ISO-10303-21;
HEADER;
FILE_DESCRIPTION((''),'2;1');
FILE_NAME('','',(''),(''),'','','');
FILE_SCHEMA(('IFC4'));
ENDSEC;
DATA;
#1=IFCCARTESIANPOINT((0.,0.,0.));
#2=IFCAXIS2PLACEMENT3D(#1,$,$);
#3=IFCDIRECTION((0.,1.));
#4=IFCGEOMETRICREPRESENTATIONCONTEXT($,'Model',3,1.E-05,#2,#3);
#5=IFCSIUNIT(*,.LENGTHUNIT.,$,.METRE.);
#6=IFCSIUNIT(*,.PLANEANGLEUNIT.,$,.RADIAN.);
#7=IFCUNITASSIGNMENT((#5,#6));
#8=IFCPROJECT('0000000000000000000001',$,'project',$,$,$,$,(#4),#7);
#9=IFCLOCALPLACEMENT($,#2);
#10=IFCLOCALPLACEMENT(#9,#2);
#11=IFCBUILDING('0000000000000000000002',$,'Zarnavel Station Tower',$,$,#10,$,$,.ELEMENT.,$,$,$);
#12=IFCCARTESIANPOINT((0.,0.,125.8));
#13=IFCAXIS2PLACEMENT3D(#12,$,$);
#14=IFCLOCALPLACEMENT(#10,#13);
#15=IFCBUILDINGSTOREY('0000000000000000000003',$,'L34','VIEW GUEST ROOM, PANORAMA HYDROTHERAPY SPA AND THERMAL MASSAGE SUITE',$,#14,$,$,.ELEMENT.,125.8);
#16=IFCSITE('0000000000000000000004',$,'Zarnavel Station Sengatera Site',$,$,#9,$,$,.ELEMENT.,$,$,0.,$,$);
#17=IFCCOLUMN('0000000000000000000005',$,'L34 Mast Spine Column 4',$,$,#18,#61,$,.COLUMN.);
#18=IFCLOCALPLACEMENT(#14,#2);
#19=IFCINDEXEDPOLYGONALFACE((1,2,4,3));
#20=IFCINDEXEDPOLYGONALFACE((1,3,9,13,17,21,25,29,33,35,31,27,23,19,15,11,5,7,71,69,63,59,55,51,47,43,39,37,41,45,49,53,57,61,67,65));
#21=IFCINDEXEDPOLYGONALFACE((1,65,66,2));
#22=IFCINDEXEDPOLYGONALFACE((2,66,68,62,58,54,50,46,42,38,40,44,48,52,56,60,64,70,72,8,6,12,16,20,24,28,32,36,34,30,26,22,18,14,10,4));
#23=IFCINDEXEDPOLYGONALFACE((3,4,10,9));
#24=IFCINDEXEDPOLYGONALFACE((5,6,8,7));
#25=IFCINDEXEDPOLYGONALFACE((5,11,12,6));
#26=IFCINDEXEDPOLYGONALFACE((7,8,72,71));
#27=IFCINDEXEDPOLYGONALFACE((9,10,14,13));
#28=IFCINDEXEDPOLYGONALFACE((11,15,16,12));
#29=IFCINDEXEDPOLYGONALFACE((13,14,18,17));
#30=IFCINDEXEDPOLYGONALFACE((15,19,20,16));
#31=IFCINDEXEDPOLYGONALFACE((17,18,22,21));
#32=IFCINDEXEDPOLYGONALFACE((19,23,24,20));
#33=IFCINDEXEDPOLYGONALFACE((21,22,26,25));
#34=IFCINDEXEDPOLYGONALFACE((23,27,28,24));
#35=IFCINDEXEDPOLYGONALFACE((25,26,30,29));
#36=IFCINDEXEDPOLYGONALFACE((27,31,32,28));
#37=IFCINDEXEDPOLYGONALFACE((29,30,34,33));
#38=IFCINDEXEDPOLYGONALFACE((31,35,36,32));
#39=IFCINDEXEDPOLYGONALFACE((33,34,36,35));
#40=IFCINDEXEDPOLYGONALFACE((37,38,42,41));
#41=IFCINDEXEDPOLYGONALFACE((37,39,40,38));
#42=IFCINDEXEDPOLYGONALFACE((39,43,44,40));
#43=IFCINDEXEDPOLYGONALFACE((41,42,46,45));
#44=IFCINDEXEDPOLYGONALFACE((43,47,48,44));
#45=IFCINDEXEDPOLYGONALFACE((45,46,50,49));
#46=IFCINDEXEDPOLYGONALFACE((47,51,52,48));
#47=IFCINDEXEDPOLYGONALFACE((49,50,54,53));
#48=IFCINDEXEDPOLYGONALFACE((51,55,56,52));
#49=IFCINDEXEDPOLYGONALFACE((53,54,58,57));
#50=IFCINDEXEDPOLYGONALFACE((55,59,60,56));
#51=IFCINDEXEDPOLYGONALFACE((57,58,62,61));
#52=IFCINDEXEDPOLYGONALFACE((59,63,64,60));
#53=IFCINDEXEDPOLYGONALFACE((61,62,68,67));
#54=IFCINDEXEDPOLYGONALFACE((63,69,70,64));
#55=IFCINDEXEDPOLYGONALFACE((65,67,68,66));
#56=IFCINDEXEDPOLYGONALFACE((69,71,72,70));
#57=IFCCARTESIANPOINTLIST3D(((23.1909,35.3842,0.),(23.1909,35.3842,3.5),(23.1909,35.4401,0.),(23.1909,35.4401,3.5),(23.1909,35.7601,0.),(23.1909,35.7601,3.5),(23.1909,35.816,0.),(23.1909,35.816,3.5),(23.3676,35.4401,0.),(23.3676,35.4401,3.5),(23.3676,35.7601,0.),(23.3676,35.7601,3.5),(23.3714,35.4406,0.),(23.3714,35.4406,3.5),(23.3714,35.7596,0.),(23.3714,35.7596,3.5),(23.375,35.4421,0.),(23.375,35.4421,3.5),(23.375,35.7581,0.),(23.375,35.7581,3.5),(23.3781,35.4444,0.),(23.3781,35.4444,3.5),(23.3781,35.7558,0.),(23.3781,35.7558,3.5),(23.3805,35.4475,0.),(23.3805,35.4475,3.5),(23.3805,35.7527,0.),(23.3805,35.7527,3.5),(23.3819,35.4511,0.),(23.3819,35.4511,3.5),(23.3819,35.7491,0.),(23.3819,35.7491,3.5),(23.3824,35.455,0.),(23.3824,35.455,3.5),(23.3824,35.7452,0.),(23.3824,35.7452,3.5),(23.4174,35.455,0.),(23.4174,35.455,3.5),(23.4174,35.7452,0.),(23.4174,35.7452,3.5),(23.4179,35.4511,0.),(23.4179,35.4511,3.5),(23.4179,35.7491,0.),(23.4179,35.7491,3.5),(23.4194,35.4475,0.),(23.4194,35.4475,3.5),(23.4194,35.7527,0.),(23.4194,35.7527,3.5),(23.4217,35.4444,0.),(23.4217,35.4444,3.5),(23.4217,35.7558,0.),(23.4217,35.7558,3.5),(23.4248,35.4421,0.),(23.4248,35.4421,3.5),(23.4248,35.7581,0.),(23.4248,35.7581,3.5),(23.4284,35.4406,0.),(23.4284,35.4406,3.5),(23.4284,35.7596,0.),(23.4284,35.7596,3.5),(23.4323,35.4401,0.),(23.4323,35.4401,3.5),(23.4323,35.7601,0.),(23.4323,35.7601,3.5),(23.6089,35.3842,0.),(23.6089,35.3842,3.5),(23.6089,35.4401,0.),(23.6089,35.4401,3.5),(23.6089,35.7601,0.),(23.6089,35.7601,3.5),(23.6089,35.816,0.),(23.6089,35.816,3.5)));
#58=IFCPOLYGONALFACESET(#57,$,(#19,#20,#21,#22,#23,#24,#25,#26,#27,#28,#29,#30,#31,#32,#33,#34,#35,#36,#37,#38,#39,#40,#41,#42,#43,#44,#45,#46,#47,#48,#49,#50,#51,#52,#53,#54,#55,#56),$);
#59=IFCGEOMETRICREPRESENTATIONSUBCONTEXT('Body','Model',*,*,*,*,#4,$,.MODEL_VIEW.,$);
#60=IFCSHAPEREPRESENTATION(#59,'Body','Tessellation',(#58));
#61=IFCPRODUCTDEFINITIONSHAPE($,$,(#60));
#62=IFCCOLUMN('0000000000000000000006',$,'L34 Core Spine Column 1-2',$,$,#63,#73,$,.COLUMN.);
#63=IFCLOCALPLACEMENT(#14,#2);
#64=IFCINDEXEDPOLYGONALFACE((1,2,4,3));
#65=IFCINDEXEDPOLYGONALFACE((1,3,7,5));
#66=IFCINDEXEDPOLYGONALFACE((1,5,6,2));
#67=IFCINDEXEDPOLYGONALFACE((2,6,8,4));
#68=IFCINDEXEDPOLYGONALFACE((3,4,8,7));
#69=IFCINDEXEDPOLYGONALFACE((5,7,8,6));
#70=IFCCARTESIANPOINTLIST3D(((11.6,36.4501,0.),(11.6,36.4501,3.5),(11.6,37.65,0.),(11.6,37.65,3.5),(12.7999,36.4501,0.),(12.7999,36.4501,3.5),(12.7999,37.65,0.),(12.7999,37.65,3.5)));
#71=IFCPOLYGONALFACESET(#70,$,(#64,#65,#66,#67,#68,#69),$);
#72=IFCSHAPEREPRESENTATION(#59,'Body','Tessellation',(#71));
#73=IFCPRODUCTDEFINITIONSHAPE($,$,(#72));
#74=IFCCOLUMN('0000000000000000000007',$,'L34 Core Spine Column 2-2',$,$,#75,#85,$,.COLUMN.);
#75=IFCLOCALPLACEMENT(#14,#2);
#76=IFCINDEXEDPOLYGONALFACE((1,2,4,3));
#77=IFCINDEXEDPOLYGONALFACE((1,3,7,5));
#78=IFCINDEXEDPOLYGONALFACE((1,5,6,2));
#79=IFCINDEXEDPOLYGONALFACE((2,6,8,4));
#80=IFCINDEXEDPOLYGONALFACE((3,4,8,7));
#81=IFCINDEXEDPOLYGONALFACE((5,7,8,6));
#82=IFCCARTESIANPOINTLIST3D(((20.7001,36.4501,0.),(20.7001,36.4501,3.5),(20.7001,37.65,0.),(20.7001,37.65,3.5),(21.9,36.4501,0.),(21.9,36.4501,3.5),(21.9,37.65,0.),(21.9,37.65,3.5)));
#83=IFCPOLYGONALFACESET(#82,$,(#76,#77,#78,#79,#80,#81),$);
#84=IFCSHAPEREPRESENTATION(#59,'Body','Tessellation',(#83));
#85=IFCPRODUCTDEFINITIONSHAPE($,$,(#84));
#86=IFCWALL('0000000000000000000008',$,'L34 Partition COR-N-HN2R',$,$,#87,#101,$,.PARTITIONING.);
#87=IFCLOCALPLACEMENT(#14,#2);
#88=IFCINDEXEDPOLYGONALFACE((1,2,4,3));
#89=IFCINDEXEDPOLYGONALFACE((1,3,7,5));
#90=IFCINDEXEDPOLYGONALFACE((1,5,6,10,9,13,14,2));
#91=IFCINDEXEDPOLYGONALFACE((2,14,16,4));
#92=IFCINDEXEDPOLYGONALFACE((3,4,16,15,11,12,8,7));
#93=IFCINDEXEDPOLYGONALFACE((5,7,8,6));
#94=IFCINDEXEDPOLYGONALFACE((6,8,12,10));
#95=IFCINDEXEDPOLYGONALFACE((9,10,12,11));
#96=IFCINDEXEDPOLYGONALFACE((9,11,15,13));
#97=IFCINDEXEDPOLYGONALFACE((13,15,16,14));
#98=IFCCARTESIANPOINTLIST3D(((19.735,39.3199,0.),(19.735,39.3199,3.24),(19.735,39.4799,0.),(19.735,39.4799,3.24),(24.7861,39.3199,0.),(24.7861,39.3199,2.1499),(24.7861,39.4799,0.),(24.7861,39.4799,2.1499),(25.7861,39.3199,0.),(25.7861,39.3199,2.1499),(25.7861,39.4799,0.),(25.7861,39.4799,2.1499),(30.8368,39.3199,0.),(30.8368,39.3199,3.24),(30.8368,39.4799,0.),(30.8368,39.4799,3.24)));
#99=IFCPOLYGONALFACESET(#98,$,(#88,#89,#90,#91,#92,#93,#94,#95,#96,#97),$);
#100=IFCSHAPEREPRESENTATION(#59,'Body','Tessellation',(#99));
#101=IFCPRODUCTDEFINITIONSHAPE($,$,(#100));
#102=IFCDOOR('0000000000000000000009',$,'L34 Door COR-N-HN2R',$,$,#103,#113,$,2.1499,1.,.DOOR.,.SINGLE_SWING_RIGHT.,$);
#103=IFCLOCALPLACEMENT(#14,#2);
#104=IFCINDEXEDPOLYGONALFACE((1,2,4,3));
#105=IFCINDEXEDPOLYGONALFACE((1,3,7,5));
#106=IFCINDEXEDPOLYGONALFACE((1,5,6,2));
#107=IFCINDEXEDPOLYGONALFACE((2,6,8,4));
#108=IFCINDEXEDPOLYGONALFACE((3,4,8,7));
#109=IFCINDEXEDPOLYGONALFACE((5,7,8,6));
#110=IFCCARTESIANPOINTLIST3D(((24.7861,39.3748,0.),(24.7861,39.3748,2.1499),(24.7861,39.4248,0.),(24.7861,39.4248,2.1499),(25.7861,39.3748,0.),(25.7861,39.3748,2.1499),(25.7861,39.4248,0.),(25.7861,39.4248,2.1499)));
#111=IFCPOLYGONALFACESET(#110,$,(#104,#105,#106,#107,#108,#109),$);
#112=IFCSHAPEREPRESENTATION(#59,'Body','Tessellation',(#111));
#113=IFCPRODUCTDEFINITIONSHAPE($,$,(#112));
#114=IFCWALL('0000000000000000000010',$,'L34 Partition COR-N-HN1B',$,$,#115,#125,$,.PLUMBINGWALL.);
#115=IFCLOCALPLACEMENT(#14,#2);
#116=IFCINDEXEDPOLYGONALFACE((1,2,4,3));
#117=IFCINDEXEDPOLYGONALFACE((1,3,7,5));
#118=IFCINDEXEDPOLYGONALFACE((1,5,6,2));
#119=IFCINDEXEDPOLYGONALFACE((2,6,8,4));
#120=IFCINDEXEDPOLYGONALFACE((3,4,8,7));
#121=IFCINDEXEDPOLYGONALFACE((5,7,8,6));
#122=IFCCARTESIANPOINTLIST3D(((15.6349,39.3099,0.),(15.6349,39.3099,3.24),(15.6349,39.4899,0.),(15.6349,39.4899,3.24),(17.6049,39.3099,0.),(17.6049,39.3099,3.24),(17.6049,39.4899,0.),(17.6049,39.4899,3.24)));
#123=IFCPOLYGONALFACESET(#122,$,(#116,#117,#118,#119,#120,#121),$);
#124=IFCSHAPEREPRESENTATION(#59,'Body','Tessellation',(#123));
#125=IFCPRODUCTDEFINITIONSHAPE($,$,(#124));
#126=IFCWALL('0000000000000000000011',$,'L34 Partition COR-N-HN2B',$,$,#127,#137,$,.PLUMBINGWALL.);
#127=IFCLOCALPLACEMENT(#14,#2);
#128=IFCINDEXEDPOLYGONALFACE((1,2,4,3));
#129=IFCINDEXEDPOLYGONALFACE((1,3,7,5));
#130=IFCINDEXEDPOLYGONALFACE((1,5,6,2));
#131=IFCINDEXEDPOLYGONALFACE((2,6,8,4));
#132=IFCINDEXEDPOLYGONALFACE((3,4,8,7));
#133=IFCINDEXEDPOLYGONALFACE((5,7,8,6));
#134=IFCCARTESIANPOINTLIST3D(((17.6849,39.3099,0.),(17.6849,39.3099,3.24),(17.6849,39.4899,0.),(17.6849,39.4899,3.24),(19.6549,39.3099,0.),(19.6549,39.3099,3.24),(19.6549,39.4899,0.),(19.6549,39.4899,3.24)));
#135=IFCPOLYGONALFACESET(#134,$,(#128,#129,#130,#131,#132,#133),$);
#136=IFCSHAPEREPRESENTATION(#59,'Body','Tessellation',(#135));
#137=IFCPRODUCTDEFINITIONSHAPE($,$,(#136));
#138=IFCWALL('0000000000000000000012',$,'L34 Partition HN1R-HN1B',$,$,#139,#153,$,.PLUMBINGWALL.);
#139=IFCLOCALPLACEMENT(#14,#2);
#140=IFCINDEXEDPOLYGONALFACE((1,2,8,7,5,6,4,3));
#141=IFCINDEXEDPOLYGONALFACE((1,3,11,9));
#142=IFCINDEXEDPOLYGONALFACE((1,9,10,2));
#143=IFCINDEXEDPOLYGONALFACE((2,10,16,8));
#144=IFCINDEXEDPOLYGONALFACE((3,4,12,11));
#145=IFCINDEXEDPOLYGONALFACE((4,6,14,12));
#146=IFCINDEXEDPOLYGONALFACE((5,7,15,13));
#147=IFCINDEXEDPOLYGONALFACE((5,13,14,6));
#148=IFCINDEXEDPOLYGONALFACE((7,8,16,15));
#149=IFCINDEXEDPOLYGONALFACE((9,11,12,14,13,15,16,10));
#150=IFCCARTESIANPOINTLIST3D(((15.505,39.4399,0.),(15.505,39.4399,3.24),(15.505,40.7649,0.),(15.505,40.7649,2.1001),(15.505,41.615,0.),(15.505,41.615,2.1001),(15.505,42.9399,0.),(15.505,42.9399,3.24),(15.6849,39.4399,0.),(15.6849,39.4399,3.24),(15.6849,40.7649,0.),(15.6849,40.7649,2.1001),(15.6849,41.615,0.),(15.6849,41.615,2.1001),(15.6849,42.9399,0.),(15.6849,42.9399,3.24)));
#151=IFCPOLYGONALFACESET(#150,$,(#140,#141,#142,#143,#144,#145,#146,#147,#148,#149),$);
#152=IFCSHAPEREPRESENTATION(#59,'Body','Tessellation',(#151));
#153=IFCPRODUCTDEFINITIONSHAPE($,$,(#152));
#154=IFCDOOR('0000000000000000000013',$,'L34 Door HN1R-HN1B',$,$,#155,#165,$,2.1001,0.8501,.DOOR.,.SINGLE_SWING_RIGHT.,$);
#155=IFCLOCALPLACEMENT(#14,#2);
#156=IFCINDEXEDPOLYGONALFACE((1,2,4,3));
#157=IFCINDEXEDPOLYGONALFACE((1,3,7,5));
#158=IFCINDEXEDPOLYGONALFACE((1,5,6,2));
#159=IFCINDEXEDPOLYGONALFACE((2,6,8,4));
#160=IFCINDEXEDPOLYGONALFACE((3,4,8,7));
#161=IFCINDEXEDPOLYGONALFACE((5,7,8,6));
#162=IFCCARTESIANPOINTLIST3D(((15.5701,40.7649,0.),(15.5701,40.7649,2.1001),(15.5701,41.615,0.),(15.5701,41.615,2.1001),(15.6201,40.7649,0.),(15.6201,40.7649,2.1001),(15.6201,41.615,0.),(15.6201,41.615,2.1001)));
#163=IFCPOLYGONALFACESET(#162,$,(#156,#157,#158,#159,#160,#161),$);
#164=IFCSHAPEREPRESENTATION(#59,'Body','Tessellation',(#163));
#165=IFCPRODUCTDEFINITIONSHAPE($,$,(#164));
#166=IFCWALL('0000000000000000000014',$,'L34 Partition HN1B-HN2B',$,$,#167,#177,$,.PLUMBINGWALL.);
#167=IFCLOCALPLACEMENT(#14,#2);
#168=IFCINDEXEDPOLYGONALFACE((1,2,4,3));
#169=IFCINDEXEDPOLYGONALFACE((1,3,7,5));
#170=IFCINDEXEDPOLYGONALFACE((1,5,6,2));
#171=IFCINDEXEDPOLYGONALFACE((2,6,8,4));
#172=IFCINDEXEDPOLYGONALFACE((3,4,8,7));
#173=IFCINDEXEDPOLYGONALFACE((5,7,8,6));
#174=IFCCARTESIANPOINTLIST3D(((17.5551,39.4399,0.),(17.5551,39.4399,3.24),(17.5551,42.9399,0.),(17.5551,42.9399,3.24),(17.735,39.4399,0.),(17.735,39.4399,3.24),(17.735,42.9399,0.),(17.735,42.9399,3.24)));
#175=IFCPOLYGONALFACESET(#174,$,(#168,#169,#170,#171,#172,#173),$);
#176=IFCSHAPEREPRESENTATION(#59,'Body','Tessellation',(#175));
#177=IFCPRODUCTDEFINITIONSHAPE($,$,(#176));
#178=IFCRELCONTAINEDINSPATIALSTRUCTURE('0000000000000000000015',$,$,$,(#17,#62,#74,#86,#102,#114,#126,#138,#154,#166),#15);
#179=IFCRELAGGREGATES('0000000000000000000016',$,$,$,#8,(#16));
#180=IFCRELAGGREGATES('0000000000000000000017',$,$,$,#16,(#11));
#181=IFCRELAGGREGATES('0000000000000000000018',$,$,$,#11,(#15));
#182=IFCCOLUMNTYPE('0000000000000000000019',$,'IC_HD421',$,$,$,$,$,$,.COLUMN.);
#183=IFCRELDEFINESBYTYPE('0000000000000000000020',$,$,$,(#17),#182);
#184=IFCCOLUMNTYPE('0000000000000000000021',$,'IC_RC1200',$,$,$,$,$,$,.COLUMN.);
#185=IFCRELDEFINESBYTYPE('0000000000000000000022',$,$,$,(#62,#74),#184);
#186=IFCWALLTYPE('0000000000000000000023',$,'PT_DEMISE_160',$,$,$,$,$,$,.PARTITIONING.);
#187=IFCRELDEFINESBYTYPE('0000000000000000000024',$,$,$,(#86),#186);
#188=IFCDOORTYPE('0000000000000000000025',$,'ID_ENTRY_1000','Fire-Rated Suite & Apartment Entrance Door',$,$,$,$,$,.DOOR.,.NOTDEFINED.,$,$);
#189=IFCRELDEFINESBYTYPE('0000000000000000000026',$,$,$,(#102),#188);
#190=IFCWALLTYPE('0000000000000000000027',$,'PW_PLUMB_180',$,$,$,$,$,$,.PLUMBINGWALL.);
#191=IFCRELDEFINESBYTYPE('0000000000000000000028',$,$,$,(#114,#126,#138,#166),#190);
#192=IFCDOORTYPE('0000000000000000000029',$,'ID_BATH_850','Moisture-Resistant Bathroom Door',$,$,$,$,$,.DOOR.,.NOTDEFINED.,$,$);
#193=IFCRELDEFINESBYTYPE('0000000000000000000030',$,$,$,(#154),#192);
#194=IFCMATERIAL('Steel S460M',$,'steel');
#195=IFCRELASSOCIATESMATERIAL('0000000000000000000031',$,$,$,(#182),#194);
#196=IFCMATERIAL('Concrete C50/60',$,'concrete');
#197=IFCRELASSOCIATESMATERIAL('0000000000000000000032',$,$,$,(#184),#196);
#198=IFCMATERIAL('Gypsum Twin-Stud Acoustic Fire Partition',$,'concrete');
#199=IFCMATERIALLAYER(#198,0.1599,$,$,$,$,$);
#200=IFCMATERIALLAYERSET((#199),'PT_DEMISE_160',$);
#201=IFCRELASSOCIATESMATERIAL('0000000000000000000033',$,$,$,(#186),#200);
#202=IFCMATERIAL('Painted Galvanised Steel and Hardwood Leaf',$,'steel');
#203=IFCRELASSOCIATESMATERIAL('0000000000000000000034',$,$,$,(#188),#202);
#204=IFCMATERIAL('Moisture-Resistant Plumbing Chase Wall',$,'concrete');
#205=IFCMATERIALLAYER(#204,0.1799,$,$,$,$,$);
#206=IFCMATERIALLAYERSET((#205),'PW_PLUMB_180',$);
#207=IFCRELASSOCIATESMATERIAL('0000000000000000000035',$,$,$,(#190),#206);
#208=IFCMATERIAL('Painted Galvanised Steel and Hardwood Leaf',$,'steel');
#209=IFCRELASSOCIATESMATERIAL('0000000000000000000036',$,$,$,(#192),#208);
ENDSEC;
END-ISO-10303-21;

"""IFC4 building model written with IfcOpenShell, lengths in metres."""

from ifc_helpers import new_model, si_unit, direction, frame, frame_2d, origin, origin_2d, place, context, subcontext, project, spatial, rectangle, i_section, extrude, material, layer, layer_set, material_profile, profile_set, type_object, element, fill, save


model = new_model("IFC4")

# Units and contexts
model_context = context("Model", 3, precision=1e-05, world=origin(), true_north=direction((0.0, 1.0)))
body_context = subcontext(model_context, "Body", "Model", "MODEL_VIEW")
ifc_project = project(units=[si_unit("LENGTHUNIT", "METRE"), si_unit("PLANEANGLEUNIT", "RADIAN")], contexts=[model_context])

# Site, building, storey
site_placement = place(None, origin())
site = spatial("IfcSite", under=ifc_project, at=site_placement, Name="Zarnavel Station Sengatera Site", CompositionType="ELEMENT", RefElevation=0.0)
building_placement = place(site_placement, origin())
building = spatial("IfcBuilding", under=site, at=building_placement, Name="Zarnavel Station Tower", CompositionType="ELEMENT")
storey_placement = place(building_placement, frame((0.0, 0.0, 125.8)))
storey = spatial("IfcBuildingStorey", under=building, at=storey_placement, Name="L34", Description="VIEW GUEST ROOM, PANORAMA HYDROTHERAPY SPA AND THERMAL MASSAGE SUITE", CompositionType="ELEMENT", Elevation=125.8)

# Columns
ifc_material_1 = material(Name="Steel S460M", Category="steel")
ifc_material_profile_1 = material_profile(ifc_material_1, i_section(OverallWidth=0.418, OverallDepth=0.4319, WebThickness=0.0349, FlangeThickness=0.0559, FilletRadius=0.0149, at=origin_2d()), Name="HD400x421")
ifc_profile_set_1 = profile_set([ifc_material_profile_1], Name="Steel S460M")
column_type_1 = type_object("IfcColumnType", Name="IC_HD421", PredefinedType="COLUMN", material=ifc_profile_set_1)
column_placement = place(storey_placement, frame((23.3999, 35.6001, 0.0), z_axis=(0.0, 0.0, 1.0), x_axis=(1.0, 0.0, 0.0)))
element("IfcColumn", 1, at=column_placement, inside=storey, type_object=column_type_1, Name="L34 Mast Spine Column 4", PredefinedType="COLUMN", context=body_context, shape_type="SweptSolid", body=[
    extrude(i_section(OverallWidth=0.418, OverallDepth=0.4319, WebThickness=0.0349, FlangeThickness=0.0559, FilletRadius=0.0149, at=origin_2d()), origin(), (0.0, 0.0, 1.0), 3.5),
])
ifc_material_2 = material(Name="Concrete C50/60", Category="concrete")
ifc_material_profile_2 = material_profile(ifc_material_2, rectangle(XDim=1.2, YDim=1.2, at=origin_2d()), Name="RC1200x1200")
ifc_profile_set_2 = profile_set([ifc_material_profile_2], Name="Concrete C50/60")
column_type_2 = type_object("IfcColumnType", Name="IC_RC1200", PredefinedType="COLUMN", material=ifc_profile_set_2)
for number, where, z_axis, x_axis, name in (
    (2, (12.2, 37.05, 0.0), (0.0, 0.0, 1.0), (1.0, 0.0, 0.0), "L34 Core Spine Column 1-2"),
    (3, (21.3, 37.05, 0.0), (0.0, 0.0, 1.0), (1.0, 0.0, 0.0), "L34 Core Spine Column 2-2"),
):
    element("IfcColumn", number, at=place(storey_placement, frame(where, z_axis=z_axis, x_axis=x_axis)), inside=storey, type_object=column_type_2, Name=name, PredefinedType="COLUMN", context=body_context, shape_type="SweptSolid", body=[
        extrude(rectangle(XDim=1.2, YDim=1.2, at=origin_2d()), origin(), (0.0, 0.0, 1.0), 3.5),
    ])

# Wall, opening, door
ifc_material_3 = material(Name="Gypsum Twin-Stud Acoustic Fire Partition", Category="concrete")
ifc_layer_1 = layer(ifc_material_3, 0.1599)
ifc_layer_set_1 = layer_set([ifc_layer_1], Name="PT_DEMISE_160")
wall_type_1 = type_object("IfcWallType", Name="PT_DEMISE_160", PredefinedType="PARTITIONING", material=ifc_layer_set_1)
wall_1_placement = place(storey_placement, frame((19.7351, 39.3999, 0.0), z_axis=(0.0, 0.0, 1.0), x_axis=(1.0, 0.0, 0.0)))
wall_1 = element("IfcWall", 4, at=wall_1_placement, inside=storey, type_object=wall_type_1, Name="L34 Partition COR-N-HN2R", PredefinedType="PARTITIONING", context=body_context, shape_type="SweptSolid", body=[
    extrude(rectangle(XDim=11.1018, YDim=0.1599, at=frame_2d((5.5508, 0.0))), origin(), (0.0, 0.0, 1.0), 3.24),
])
opening_1_placement = place(wall_1_placement, frame((5.051, 0.0, 0.0)))
opening_1 = element("IfcOpeningElement", 5, at=opening_1_placement, cuts=wall_1, PredefinedType="OPENING", context=body_context, shape_type="SweptSolid", body=[
    extrude(rectangle(XDim=1.0, YDim=2.1499, at=frame_2d((0.5, 1.075))), frame((0.0, 0.0898, 0.0), z_axis=(0.0, -1.0, 0.0), x_axis=(1.0, 0.0, 0.0)), (0.0, 0.0, 1.0), 0.1799),
])
ifc_material_4 = material(Name="Painted Galvanised Steel and Hardwood Leaf", Category="steel")
door_type_1 = type_object("IfcDoorType", Name="ID_ENTRY_1000", Description="Fire-Rated Suite & Apartment Entrance Door", OperationType="NOTDEFINED", PredefinedType="DOOR", material=ifc_material_4)
door_1_placement = place(opening_1_placement, origin())
door_1 = element("IfcDoor", 6, at=door_1_placement, inside=storey, type_object=door_type_1, Name="L34 Door COR-N-HN2R", OperationType="SINGLE_SWING_RIGHT", OverallHeight=2.1499, OverallWidth=1.0, PredefinedType="DOOR", context=body_context, shape_type="SweptSolid", body=[
    extrude(rectangle(XDim=1.0, YDim=2.1499, at=frame_2d((0.5, 1.075))), frame((0.0, 0.0249, 0.0), z_axis=(0.0, -1.0, 0.0), x_axis=(1.0, 0.0, 0.0)), (0.0, 0.0, 1.0), 0.05),
])
fill(opening_1, door_1)

# Walls
ifc_material_5 = material(Name="Moisture-Resistant Plumbing Chase Wall", Category="concrete")
ifc_layer_2 = layer(ifc_material_5, 0.1799)
ifc_layer_set_2 = layer_set([ifc_layer_2], Name="PW_PLUMB_180")
wall_type_2 = type_object("IfcWallType", Name="PW_PLUMB_180", PredefinedType="PLUMBINGWALL", material=ifc_layer_set_2)
for number, where, z_axis, x_axis, name in (
    (7, (15.635, 39.3999, 0.0), (0.0, 0.0, 1.0), (1.0, 0.0, 0.0), "L34 Partition COR-N-HN1B"),
    (8, (17.6851, 39.3999, 0.0), (0.0, 0.0, 1.0), (1.0, 0.0, 0.0), "L34 Partition COR-N-HN2B"),
):
    element("IfcWall", number, at=place(storey_placement, frame(where, z_axis=z_axis, x_axis=x_axis)), inside=storey, type_object=wall_type_2, Name=name, PredefinedType="PLUMBINGWALL", context=body_context, shape_type="SweptSolid", body=[
        extrude(rectangle(XDim=1.97, YDim=0.1799, at=frame_2d((0.9849, 0.0))), origin(), (0.0, 0.0, 1.0), 3.24),
    ])

# Wall, opening, door
wall_2_placement = place(storey_placement, frame((15.595, 39.4399, 0.0), z_axis=(0.0, 0.0, 1.0), x_axis=(0.0, 1.0, 0.0)))
wall_2 = element("IfcWall", 9, at=wall_2_placement, inside=storey, type_object=wall_type_2, Name="L34 Partition HN1R-HN1B", PredefinedType="PLUMBINGWALL", context=body_context, shape_type="SweptSolid", body=[
    extrude(rectangle(XDim=3.5, YDim=0.1799, at=frame_2d((1.75, 0.0))), origin(), (0.0, 0.0, 1.0), 3.24),
])
opening_2_placement = place(wall_2_placement, frame((1.325, 0.0, 0.0)))
opening_2 = element("IfcOpeningElement", 10, at=opening_2_placement, cuts=wall_2, PredefinedType="OPENING", context=body_context, shape_type="SweptSolid", body=[
    extrude(rectangle(XDim=0.8501, YDim=2.1001, at=frame_2d((0.425, 1.05))), frame((0.0, 0.0999, 0.0), z_axis=(0.0, -1.0, 0.0), x_axis=(1.0, 0.0, 0.0)), (0.0, 0.0, 1.0), 0.2),
])
ifc_material_6 = material(Name="Painted Galvanised Steel and Hardwood Leaf", Category="steel")
door_type_2 = type_object("IfcDoorType", Name="ID_BATH_850", Description="Moisture-Resistant Bathroom Door", OperationType="NOTDEFINED", PredefinedType="DOOR", material=ifc_material_6)
door_2_placement = place(opening_2_placement, origin())
door_2 = element("IfcDoor", 11, at=door_2_placement, inside=storey, type_object=door_type_2, Name="L34 Door HN1R-HN1B", OperationType="SINGLE_SWING_RIGHT", OverallHeight=2.1001, OverallWidth=0.8501, PredefinedType="DOOR", context=body_context, shape_type="SweptSolid", body=[
    extrude(rectangle(XDim=0.8501, YDim=2.1001, at=frame_2d((0.425, 1.05))), frame((0.0, 0.0249, 0.0), z_axis=(0.0, -1.0, 0.0), x_axis=(1.0, 0.0, 0.0)), (0.0, 0.0, 1.0), 0.05),
])
fill(opening_2, door_2)

# Wall
wall_3_placement = place(storey_placement, frame((17.645, 39.4399, 0.0), z_axis=(0.0, 0.0, 1.0), x_axis=(0.0, 1.0, 0.0)))
element("IfcWall", 12, at=wall_3_placement, inside=storey, type_object=wall_type_2, Name="L34 Partition HN1B-HN2B", PredefinedType="PLUMBINGWALL", context=body_context, shape_type="SweptSolid", body=[
    extrude(rectangle(XDim=3.5, YDim=0.1799, at=frame_2d((1.75, 0.0))), origin(), (0.0, 0.0, 1.0), 3.24),
])

save(model, "model.ifc")
